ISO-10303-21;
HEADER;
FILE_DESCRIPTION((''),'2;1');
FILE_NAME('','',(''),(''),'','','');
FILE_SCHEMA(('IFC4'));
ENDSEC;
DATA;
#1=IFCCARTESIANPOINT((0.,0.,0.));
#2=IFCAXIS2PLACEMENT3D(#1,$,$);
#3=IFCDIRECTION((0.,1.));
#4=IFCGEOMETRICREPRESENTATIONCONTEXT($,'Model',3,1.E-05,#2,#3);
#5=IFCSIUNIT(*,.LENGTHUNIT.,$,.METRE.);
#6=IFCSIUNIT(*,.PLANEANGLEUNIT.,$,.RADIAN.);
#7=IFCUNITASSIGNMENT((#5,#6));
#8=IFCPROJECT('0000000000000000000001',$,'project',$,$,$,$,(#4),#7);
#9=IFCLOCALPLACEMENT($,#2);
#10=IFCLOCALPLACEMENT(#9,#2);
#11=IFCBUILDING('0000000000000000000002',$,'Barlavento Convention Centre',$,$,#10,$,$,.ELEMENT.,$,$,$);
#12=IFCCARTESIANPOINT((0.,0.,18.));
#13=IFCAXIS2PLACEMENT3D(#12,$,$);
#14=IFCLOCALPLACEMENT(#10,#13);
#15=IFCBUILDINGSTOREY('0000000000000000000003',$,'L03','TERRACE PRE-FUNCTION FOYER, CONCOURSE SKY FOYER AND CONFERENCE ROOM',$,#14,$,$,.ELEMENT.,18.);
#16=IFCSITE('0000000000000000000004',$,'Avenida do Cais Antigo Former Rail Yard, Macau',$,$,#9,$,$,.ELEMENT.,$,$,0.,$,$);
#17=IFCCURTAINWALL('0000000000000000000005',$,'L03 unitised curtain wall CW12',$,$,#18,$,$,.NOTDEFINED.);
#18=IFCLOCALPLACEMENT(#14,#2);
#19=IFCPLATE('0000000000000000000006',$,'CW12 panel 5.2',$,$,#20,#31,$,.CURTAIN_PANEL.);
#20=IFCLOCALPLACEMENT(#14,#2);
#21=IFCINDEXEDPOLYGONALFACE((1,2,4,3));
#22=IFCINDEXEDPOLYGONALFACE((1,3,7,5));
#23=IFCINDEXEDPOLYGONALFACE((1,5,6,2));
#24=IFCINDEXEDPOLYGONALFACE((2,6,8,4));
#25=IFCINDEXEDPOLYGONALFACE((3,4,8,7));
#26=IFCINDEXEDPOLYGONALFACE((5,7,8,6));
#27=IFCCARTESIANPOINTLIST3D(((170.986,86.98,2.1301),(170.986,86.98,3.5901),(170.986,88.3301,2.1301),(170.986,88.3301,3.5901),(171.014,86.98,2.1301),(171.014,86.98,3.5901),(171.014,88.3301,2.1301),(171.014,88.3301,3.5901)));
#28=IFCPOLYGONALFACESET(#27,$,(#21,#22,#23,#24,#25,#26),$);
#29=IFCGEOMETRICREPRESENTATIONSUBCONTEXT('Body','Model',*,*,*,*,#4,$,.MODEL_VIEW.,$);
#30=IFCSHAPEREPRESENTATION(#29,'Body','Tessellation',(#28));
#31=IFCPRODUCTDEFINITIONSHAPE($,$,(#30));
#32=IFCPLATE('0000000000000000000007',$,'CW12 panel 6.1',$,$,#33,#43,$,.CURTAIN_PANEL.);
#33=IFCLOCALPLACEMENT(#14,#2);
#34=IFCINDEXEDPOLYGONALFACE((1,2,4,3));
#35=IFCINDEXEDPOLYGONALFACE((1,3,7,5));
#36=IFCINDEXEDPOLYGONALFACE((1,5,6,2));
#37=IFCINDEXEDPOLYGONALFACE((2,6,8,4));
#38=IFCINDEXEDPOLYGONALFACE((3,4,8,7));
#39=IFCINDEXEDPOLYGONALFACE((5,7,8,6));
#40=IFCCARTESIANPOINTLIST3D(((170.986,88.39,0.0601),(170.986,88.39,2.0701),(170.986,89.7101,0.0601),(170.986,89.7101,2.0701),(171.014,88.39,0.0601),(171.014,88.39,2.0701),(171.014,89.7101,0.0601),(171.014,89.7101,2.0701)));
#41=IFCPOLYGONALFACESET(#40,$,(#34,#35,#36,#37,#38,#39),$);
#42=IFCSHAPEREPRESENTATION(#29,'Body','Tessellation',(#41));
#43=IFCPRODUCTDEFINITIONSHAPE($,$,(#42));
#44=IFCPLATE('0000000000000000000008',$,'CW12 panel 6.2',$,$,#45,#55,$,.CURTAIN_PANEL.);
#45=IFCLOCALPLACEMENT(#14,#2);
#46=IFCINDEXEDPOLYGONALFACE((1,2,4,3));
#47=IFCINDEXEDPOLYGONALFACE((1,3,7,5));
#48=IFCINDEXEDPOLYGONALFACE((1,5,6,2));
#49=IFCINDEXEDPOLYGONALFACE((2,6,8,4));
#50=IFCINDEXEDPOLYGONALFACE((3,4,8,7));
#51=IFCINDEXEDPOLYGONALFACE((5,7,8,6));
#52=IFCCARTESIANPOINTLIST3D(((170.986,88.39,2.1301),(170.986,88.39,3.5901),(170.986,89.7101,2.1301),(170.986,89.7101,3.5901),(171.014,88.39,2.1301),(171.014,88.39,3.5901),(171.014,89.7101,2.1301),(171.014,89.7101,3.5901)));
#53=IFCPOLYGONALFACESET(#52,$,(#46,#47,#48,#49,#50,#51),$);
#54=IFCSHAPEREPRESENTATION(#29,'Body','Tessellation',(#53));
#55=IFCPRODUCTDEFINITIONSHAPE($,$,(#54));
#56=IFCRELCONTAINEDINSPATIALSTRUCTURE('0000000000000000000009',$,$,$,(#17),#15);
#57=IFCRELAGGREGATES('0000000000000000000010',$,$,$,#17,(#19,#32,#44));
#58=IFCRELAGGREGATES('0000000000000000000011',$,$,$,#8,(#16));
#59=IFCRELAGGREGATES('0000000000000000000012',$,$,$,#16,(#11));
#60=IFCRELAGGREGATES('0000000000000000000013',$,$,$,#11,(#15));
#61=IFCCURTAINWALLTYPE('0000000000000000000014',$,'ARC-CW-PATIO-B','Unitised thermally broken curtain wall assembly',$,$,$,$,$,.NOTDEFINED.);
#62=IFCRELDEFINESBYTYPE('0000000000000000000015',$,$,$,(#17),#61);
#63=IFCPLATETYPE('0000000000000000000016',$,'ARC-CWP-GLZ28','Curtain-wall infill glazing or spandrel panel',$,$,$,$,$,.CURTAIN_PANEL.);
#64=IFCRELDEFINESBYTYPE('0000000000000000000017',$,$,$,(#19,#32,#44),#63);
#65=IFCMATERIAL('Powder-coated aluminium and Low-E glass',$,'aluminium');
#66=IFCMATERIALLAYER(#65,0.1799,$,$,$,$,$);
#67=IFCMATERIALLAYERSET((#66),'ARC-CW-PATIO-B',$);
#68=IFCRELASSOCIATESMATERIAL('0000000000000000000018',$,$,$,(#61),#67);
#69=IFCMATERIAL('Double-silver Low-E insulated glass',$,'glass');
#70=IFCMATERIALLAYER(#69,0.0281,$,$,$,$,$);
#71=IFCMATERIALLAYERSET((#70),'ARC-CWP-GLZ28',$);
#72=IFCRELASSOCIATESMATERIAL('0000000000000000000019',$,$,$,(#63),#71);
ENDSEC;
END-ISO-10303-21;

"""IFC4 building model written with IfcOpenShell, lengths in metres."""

from ifc_helpers import new_model, si_unit, direction, frame, origin, origin_2d, place, context, subcontext, project, spatial, rectangle, extrude, material, layer, layer_set, type_object, element, aggregate, save


model = new_model("IFC4")

# Units and contexts
model_context = context("Model", 3, precision=1e-05, world=origin(), true_north=direction((0.0, 1.0)))
body_context = subcontext(model_context, "Body", "Model", "MODEL_VIEW")
ifc_project = project(units=[si_unit("LENGTHUNIT", "METRE"), si_unit("PLANEANGLEUNIT", "RADIAN")], contexts=[model_context])

# Site, building, storey
site_placement = place(None, origin())
site = spatial("IfcSite", under=ifc_project, at=site_placement, Name="Avenida do Cais Antigo Former Rail Yard, Macau", CompositionType="ELEMENT", RefElevation=0.0)
building_placement = place(site_placement, origin())
building = spatial("IfcBuilding", under=site, at=building_placement, Name="Barlavento Convention Centre", CompositionType="ELEMENT")
storey_placement = place(building_placement, frame((0.0, 0.0, 18.0)))
storey = spatial("IfcBuildingStorey", under=building, at=storey_placement, Name="L03", Description="TERRACE PRE-FUNCTION FOYER, CONCOURSE SKY FOYER AND CONFERENCE ROOM", CompositionType="ELEMENT", Elevation=18.0)

# Curtain wall
ifc_material_1 = material(Name="Powder-coated aluminium and Low-E glass", Category="aluminium")
ifc_layer_1 = layer(ifc_material_1, 0.1799)
ifc_layer_set_1 = layer_set([ifc_layer_1], Name="ARC-CW-PATIO-B")
curtain_wall_type = type_object("IfcCurtainWallType", Name="ARC-CW-PATIO-B", Description="Unitised thermally broken curtain wall assembly", PredefinedType="NOTDEFINED", material=ifc_layer_set_1)
curtain_wall_placement = place(storey_placement, origin())
curtain_wall = element("IfcCurtainWall", 1, at=curtain_wall_placement, inside=storey, type_object=curtain_wall_type, Name="L03 unitised curtain wall CW12", PredefinedType="NOTDEFINED")

# Plates
ifc_material_2 = material(Name="Double-silver Low-E insulated glass", Category="glass")
ifc_layer_2 = layer(ifc_material_2, 0.0281)
ifc_layer_set_2 = layer_set([ifc_layer_2], Name="ARC-CWP-GLZ28")
plate_type = type_object("IfcPlateType", Name="ARC-CWP-GLZ28", Description="Curtain-wall infill glazing or spandrel panel", PredefinedType="CURTAIN_PANEL", material=ifc_layer_set_2)
plate_1_placement = place(storey_placement, frame((171.0, 87.655, 2.1301), z_axis=(0.0, 0.0, 1.0), x_axis=(0.0, 1.0, 0.0)))
plate_1 = element("IfcPlate", 2, at=plate_1_placement, type_object=plate_type, Name="CW12 panel 5.2", PredefinedType="CURTAIN_PANEL", context=body_context, shape_type="SweptSolid", body=[
    extrude(rectangle(XDim=1.3501, YDim=0.0281, at=origin_2d()), origin(), (0.0, 0.0, 1.0), 1.46),
])
plate_2_placement = place(storey_placement, frame((171.0, 89.05, 0.0601), z_axis=(0.0, 0.0, 1.0), x_axis=(0.0, 1.0, 0.0)))
plate_2 = element("IfcPlate", 3, at=plate_2_placement, type_object=plate_type, Name="CW12 panel 6.1", PredefinedType="CURTAIN_PANEL", context=body_context, shape_type="SweptSolid", body=[
    extrude(rectangle(XDim=1.3201, YDim=0.0281, at=origin_2d()), origin(), (0.0, 0.0, 1.0), 2.01),
])
plate_3_placement = place(storey_placement, frame((171.0, 89.05, 2.1301), z_axis=(0.0, 0.0, 1.0), x_axis=(0.0, 1.0, 0.0)))
plate_3 = element("IfcPlate", 4, at=plate_3_placement, type_object=plate_type, Name="CW12 panel 6.2", PredefinedType="CURTAIN_PANEL", context=body_context, shape_type="SweptSolid", body=[
    extrude(rectangle(XDim=1.3201, YDim=0.0281, at=origin_2d()), origin(), (0.0, 0.0, 1.0), 1.46),
])
aggregate(curtain_wall, [plate_1, plate_2, plate_3])

save(model, "model.ifc")
